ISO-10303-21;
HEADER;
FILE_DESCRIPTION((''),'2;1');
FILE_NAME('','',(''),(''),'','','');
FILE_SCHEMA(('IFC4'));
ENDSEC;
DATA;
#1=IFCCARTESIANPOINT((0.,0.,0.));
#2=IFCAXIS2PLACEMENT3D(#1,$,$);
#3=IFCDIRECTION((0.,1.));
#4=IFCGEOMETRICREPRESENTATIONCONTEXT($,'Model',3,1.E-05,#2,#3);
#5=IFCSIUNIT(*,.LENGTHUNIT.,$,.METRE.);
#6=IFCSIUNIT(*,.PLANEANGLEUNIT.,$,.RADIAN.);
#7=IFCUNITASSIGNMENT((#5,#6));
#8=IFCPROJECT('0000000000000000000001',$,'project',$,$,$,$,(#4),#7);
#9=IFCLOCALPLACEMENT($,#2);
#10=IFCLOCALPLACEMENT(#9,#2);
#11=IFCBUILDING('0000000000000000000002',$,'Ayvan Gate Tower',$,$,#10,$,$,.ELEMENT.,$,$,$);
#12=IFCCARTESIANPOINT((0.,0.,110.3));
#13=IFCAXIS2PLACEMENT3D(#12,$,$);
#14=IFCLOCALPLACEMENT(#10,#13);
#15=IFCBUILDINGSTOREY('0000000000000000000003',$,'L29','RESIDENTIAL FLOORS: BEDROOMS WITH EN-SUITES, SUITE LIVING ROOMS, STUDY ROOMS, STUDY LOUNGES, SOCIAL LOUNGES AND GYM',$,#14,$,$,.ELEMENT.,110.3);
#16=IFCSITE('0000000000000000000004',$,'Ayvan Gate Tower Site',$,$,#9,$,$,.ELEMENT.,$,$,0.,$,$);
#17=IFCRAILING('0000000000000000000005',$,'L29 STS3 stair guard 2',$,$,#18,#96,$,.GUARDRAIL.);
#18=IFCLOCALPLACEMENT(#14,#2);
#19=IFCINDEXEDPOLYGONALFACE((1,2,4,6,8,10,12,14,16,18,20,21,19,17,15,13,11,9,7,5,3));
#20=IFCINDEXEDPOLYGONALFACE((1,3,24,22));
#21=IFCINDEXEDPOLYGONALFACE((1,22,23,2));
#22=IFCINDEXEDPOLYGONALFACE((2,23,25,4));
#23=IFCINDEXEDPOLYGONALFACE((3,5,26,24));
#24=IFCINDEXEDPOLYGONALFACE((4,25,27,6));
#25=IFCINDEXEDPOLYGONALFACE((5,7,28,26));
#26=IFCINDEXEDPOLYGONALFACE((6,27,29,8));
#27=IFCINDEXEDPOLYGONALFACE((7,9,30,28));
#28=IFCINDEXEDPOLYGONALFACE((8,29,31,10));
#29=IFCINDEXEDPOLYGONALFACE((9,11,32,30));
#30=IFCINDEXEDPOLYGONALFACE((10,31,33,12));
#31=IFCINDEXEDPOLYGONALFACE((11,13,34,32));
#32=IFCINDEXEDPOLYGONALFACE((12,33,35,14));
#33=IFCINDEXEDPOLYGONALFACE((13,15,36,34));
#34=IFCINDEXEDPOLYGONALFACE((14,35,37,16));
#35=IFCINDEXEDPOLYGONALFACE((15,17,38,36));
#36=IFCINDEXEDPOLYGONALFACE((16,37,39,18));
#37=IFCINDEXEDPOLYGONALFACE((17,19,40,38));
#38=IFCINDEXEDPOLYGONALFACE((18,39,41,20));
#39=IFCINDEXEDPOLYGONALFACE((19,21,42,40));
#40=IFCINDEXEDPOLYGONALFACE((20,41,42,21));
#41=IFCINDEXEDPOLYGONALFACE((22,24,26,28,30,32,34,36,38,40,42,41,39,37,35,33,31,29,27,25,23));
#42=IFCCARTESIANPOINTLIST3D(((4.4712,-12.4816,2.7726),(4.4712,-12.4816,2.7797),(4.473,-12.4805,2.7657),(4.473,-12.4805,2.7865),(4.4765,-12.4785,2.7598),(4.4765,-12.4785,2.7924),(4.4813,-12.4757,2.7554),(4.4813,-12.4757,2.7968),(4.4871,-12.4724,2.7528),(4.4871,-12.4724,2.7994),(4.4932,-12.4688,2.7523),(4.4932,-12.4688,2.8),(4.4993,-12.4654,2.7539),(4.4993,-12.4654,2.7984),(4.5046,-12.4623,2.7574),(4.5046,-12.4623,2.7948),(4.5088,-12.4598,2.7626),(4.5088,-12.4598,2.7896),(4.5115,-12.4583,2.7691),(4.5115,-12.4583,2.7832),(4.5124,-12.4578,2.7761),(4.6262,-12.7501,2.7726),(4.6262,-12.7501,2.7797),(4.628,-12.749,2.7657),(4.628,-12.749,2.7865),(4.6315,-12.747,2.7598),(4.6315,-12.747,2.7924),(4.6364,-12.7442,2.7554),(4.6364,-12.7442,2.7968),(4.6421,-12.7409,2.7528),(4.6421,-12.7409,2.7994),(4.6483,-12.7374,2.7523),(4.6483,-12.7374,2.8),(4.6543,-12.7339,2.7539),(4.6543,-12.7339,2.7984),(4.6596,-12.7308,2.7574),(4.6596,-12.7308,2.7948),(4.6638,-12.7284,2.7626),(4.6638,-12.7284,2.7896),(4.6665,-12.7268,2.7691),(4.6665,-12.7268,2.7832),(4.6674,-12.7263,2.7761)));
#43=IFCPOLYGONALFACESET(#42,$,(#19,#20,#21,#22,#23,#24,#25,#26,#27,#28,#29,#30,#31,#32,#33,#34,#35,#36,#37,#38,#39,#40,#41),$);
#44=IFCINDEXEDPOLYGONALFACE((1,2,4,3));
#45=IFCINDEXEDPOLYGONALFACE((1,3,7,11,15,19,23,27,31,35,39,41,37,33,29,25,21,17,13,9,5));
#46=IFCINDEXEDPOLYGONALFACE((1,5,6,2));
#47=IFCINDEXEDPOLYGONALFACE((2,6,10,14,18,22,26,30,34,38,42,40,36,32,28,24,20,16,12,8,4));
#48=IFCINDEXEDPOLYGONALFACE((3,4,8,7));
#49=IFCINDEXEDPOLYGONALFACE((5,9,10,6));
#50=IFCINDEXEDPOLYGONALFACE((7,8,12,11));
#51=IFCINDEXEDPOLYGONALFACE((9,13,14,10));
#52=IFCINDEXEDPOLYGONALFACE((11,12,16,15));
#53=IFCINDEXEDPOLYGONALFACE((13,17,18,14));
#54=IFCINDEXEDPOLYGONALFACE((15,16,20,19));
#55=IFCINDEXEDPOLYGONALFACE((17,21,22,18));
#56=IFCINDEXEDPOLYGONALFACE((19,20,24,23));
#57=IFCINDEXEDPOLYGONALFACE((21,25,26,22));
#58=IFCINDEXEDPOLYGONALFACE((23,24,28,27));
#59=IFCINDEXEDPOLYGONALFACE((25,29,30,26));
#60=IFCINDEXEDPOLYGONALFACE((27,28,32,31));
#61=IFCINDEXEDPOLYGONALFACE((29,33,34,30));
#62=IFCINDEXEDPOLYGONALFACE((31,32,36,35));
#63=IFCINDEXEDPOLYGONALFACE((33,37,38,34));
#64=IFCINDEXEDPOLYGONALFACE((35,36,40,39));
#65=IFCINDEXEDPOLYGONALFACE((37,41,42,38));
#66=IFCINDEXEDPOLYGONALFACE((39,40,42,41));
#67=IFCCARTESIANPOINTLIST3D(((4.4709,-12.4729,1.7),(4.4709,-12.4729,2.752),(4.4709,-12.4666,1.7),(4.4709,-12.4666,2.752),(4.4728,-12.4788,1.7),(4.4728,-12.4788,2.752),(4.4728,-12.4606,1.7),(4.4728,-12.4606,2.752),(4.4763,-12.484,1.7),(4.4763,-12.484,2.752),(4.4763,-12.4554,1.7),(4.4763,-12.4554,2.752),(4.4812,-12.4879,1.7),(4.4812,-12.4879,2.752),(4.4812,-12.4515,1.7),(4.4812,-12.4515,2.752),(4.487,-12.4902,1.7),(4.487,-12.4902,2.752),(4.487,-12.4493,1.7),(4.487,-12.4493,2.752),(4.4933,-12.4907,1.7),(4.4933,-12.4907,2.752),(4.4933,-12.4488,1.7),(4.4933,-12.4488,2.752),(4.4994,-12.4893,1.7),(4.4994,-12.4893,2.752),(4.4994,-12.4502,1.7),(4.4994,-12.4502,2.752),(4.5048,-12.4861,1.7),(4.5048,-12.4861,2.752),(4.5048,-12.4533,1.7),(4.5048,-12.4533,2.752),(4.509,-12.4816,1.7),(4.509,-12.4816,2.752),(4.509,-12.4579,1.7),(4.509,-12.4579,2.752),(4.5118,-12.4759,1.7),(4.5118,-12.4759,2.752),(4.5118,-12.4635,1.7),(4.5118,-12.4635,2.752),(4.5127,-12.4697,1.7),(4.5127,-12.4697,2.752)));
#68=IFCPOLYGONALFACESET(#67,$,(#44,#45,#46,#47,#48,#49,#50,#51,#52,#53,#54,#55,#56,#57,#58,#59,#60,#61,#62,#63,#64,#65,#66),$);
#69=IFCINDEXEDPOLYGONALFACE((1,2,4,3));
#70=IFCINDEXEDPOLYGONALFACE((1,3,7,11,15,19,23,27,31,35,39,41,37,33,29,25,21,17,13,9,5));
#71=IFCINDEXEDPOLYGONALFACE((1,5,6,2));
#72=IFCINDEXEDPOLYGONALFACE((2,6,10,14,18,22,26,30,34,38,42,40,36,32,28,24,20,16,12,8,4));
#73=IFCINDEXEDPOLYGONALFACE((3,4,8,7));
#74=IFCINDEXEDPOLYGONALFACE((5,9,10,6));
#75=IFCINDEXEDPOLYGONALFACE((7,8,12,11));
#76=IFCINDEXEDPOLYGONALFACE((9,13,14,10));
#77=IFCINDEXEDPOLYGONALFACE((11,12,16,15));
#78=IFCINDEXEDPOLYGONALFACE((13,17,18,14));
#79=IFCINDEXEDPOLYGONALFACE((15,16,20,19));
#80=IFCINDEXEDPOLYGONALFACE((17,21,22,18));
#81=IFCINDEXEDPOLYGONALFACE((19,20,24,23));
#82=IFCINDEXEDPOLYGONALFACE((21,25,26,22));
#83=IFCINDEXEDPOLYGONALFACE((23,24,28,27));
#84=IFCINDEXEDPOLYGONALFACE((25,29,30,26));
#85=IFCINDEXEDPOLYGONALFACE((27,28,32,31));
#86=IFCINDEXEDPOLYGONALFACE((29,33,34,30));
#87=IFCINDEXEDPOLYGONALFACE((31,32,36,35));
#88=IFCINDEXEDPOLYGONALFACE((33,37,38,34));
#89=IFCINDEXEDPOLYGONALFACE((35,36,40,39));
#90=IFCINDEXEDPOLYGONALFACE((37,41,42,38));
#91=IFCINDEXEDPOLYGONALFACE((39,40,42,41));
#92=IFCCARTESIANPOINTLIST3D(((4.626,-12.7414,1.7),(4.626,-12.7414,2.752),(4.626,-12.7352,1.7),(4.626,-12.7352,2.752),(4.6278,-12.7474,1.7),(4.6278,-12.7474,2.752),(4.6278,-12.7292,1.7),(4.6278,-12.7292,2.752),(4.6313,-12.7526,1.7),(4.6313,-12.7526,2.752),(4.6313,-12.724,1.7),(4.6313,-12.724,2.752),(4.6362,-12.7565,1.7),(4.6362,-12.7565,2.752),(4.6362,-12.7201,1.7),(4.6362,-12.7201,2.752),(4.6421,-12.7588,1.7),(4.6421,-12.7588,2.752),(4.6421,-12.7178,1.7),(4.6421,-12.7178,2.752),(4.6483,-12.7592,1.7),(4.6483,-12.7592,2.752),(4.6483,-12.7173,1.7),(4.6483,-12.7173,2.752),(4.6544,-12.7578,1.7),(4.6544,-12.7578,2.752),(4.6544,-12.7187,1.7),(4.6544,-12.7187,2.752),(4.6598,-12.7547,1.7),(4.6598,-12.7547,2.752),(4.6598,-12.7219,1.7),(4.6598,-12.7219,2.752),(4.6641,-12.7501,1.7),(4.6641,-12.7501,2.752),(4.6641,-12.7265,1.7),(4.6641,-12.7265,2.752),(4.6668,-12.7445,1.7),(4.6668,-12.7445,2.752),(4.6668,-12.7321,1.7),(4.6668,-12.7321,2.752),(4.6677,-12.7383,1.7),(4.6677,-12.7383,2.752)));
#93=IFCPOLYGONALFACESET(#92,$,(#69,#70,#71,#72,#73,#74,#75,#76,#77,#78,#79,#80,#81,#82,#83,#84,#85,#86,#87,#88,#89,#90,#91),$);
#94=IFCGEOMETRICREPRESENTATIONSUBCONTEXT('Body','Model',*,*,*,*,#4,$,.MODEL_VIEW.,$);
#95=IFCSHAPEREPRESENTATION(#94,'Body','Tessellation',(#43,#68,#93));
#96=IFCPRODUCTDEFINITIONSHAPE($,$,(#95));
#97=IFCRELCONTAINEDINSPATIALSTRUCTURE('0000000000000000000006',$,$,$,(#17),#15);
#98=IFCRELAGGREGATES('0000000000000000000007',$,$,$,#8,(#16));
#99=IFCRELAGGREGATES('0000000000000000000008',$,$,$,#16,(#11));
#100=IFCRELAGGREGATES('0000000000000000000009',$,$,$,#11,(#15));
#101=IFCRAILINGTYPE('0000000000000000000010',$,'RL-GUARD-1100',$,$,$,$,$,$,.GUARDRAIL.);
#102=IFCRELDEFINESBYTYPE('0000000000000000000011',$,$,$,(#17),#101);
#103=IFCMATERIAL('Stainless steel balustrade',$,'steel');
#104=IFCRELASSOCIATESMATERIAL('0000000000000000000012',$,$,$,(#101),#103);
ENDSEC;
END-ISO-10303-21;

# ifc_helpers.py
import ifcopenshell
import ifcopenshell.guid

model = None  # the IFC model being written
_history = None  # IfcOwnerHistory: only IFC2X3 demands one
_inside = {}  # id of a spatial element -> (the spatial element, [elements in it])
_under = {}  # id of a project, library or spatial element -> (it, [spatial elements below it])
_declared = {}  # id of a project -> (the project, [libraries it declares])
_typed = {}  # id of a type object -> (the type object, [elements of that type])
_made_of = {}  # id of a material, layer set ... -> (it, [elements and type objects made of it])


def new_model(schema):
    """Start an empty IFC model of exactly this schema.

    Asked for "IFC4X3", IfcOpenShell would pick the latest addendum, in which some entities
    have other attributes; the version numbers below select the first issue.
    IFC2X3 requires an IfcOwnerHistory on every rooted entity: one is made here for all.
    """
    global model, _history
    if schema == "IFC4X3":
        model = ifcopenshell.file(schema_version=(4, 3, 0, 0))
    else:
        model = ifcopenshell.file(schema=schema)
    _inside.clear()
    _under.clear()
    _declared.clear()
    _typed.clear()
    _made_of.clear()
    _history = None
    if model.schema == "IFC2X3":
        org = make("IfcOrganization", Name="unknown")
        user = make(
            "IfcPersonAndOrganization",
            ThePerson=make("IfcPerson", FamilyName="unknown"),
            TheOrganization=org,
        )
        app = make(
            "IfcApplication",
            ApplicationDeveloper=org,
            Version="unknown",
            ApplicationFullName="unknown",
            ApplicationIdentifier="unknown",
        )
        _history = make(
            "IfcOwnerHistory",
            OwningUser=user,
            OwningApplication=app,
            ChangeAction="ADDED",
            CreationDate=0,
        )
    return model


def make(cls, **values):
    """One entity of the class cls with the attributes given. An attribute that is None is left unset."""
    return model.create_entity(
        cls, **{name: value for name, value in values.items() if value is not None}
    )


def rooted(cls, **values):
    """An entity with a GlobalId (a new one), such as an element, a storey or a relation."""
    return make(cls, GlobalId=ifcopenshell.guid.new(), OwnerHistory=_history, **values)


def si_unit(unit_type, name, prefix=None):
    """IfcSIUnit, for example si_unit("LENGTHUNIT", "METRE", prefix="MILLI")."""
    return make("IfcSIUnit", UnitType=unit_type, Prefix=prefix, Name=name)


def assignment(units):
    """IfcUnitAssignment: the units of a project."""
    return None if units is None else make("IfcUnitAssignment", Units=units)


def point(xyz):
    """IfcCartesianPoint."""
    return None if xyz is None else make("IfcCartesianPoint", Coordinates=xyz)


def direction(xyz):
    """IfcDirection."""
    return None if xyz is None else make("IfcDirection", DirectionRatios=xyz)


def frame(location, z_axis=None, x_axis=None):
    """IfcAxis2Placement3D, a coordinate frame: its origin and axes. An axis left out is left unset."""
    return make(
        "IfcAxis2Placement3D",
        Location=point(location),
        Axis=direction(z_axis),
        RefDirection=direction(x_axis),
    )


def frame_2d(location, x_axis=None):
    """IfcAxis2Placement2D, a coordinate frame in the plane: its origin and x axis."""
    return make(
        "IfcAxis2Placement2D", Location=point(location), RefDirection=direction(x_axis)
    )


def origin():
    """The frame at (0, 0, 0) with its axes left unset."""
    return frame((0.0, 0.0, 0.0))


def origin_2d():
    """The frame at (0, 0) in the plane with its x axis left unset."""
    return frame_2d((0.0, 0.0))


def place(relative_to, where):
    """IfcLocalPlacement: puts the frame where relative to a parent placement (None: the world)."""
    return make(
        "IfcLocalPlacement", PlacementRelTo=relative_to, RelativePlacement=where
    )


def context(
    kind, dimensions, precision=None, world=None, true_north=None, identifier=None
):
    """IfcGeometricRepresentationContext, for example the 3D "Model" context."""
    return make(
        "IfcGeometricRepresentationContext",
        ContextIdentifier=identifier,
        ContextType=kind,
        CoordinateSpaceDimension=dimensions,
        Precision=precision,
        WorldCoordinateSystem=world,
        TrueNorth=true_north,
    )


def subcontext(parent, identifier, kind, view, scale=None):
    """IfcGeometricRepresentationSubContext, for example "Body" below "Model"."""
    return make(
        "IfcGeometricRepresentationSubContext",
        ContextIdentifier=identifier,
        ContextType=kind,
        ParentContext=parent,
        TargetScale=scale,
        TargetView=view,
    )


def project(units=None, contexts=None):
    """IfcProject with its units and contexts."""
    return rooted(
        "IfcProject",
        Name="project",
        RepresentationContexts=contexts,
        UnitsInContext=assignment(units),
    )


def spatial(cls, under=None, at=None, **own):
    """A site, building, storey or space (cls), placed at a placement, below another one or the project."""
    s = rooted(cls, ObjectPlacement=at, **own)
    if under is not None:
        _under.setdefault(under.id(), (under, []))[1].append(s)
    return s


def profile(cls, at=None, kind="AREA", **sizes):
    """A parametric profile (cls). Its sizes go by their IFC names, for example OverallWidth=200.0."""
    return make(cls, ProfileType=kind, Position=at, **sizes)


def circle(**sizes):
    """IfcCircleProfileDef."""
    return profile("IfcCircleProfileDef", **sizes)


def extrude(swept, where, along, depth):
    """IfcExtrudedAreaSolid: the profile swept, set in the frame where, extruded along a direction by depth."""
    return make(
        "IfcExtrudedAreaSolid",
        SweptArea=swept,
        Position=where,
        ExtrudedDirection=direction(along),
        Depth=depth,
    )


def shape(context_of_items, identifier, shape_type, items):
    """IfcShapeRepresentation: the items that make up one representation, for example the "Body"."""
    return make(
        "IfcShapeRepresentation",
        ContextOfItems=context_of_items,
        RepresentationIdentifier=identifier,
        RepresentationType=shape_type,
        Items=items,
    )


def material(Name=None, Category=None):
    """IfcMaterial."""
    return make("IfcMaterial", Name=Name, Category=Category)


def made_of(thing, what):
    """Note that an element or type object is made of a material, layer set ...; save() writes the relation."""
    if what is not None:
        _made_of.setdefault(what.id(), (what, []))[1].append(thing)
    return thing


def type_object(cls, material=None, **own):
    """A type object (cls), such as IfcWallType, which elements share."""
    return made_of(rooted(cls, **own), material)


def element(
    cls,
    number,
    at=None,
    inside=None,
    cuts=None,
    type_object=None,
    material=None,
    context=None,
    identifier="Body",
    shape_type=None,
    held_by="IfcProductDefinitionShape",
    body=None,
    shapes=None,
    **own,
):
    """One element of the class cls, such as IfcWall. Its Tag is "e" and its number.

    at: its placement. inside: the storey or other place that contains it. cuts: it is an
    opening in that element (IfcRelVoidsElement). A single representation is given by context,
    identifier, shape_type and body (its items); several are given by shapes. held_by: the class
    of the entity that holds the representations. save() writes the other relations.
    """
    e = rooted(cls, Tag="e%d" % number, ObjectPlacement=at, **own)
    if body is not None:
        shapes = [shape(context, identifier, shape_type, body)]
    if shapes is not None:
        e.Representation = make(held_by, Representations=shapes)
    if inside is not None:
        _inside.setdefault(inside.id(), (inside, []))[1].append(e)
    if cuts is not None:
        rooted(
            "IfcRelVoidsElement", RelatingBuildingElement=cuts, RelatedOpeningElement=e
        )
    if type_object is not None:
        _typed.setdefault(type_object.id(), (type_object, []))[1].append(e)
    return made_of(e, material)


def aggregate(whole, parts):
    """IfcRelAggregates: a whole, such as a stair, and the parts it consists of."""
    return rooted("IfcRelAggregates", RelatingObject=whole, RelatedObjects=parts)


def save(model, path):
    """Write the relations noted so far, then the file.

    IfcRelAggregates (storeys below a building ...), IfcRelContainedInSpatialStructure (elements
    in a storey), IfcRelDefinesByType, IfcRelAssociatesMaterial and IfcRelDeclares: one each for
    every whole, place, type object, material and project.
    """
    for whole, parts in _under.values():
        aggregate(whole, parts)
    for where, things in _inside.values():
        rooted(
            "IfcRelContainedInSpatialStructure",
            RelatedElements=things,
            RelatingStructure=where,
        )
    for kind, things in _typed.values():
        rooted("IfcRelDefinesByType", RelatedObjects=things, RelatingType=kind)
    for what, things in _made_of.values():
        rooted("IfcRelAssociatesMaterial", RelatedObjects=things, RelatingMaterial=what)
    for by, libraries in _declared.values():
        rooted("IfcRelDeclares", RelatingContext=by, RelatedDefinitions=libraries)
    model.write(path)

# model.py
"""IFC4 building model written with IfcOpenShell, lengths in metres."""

from ifc_helpers import new_model, si_unit, direction, frame, origin, origin_2d, place, context, subcontext, project, spatial, circle, extrude, material, type_object, element, save


model = new_model("IFC4")

# Units and contexts
model_context = context("Model", 3, precision=1e-05, world=origin(), true_north=direction((0.0, 1.0)))
body_context = subcontext(model_context, "Body", "Model", "MODEL_VIEW")
ifc_project = project(units=[si_unit("LENGTHUNIT", "METRE"), si_unit("PLANEANGLEUNIT", "RADIAN")], contexts=[model_context])

# Site, building, storey
site_placement = place(None, origin())
site = spatial("IfcSite", under=ifc_project, at=site_placement, Name="Ayvan Gate Tower Site", CompositionType="ELEMENT", RefElevation=0.0)
building_placement = place(site_placement, origin())
building = spatial("IfcBuilding", under=site, at=building_placement, Name="Ayvan Gate Tower", CompositionType="ELEMENT")
storey_placement = place(building_placement, frame((0.0, 0.0, 110.3)))
storey = spatial("IfcBuildingStorey", under=building, at=storey_placement, Name="L29", Description="RESIDENTIAL FLOORS: BEDROOMS WITH EN-SUITES, SUITE LIVING ROOMS, STUDY ROOMS, STUDY LOUNGES, SOCIAL LOUNGES AND GYM", CompositionType="ELEMENT", Elevation=110.3)

# Railing
ifc_material_1 = material(Name="Stainless steel balustrade", Category="steel")
railing_type = type_object("IfcRailingType", Name="RL-GUARD-1100", PredefinedType="GUARDRAIL", material=ifc_material_1)
railing_1_placement = place(storey_placement, frame((4.4917, -12.4697, 1.7)))
element("IfcRailing", 1, at=railing_1_placement, inside=storey, type_object=railing_type, Name="L29 STS3 stair guard 2", PredefinedType="GUARDRAIL", context=body_context, shape_type="SweptSolid", body=[
    extrude(circle(Radius=0.0239, at=origin_2d()), frame((0.0, 0.0, 1.0762), z_axis=(0.49995, -0.866054, 0.0), x_axis=(0.866054, 0.49995, 0.0)), (0.0, 0.0, 1.0), 0.3101),
    extrude(circle(Radius=0.021, at=origin_2d()), origin(), (0.0, 0.0, 1.0), 1.052),
    extrude(circle(Radius=0.021, at=origin_2d()), frame((0.155, -0.2686, 0.0)), (0.0, 0.0, 1.0), 1.052),
])

save(model, "model.ifc")
